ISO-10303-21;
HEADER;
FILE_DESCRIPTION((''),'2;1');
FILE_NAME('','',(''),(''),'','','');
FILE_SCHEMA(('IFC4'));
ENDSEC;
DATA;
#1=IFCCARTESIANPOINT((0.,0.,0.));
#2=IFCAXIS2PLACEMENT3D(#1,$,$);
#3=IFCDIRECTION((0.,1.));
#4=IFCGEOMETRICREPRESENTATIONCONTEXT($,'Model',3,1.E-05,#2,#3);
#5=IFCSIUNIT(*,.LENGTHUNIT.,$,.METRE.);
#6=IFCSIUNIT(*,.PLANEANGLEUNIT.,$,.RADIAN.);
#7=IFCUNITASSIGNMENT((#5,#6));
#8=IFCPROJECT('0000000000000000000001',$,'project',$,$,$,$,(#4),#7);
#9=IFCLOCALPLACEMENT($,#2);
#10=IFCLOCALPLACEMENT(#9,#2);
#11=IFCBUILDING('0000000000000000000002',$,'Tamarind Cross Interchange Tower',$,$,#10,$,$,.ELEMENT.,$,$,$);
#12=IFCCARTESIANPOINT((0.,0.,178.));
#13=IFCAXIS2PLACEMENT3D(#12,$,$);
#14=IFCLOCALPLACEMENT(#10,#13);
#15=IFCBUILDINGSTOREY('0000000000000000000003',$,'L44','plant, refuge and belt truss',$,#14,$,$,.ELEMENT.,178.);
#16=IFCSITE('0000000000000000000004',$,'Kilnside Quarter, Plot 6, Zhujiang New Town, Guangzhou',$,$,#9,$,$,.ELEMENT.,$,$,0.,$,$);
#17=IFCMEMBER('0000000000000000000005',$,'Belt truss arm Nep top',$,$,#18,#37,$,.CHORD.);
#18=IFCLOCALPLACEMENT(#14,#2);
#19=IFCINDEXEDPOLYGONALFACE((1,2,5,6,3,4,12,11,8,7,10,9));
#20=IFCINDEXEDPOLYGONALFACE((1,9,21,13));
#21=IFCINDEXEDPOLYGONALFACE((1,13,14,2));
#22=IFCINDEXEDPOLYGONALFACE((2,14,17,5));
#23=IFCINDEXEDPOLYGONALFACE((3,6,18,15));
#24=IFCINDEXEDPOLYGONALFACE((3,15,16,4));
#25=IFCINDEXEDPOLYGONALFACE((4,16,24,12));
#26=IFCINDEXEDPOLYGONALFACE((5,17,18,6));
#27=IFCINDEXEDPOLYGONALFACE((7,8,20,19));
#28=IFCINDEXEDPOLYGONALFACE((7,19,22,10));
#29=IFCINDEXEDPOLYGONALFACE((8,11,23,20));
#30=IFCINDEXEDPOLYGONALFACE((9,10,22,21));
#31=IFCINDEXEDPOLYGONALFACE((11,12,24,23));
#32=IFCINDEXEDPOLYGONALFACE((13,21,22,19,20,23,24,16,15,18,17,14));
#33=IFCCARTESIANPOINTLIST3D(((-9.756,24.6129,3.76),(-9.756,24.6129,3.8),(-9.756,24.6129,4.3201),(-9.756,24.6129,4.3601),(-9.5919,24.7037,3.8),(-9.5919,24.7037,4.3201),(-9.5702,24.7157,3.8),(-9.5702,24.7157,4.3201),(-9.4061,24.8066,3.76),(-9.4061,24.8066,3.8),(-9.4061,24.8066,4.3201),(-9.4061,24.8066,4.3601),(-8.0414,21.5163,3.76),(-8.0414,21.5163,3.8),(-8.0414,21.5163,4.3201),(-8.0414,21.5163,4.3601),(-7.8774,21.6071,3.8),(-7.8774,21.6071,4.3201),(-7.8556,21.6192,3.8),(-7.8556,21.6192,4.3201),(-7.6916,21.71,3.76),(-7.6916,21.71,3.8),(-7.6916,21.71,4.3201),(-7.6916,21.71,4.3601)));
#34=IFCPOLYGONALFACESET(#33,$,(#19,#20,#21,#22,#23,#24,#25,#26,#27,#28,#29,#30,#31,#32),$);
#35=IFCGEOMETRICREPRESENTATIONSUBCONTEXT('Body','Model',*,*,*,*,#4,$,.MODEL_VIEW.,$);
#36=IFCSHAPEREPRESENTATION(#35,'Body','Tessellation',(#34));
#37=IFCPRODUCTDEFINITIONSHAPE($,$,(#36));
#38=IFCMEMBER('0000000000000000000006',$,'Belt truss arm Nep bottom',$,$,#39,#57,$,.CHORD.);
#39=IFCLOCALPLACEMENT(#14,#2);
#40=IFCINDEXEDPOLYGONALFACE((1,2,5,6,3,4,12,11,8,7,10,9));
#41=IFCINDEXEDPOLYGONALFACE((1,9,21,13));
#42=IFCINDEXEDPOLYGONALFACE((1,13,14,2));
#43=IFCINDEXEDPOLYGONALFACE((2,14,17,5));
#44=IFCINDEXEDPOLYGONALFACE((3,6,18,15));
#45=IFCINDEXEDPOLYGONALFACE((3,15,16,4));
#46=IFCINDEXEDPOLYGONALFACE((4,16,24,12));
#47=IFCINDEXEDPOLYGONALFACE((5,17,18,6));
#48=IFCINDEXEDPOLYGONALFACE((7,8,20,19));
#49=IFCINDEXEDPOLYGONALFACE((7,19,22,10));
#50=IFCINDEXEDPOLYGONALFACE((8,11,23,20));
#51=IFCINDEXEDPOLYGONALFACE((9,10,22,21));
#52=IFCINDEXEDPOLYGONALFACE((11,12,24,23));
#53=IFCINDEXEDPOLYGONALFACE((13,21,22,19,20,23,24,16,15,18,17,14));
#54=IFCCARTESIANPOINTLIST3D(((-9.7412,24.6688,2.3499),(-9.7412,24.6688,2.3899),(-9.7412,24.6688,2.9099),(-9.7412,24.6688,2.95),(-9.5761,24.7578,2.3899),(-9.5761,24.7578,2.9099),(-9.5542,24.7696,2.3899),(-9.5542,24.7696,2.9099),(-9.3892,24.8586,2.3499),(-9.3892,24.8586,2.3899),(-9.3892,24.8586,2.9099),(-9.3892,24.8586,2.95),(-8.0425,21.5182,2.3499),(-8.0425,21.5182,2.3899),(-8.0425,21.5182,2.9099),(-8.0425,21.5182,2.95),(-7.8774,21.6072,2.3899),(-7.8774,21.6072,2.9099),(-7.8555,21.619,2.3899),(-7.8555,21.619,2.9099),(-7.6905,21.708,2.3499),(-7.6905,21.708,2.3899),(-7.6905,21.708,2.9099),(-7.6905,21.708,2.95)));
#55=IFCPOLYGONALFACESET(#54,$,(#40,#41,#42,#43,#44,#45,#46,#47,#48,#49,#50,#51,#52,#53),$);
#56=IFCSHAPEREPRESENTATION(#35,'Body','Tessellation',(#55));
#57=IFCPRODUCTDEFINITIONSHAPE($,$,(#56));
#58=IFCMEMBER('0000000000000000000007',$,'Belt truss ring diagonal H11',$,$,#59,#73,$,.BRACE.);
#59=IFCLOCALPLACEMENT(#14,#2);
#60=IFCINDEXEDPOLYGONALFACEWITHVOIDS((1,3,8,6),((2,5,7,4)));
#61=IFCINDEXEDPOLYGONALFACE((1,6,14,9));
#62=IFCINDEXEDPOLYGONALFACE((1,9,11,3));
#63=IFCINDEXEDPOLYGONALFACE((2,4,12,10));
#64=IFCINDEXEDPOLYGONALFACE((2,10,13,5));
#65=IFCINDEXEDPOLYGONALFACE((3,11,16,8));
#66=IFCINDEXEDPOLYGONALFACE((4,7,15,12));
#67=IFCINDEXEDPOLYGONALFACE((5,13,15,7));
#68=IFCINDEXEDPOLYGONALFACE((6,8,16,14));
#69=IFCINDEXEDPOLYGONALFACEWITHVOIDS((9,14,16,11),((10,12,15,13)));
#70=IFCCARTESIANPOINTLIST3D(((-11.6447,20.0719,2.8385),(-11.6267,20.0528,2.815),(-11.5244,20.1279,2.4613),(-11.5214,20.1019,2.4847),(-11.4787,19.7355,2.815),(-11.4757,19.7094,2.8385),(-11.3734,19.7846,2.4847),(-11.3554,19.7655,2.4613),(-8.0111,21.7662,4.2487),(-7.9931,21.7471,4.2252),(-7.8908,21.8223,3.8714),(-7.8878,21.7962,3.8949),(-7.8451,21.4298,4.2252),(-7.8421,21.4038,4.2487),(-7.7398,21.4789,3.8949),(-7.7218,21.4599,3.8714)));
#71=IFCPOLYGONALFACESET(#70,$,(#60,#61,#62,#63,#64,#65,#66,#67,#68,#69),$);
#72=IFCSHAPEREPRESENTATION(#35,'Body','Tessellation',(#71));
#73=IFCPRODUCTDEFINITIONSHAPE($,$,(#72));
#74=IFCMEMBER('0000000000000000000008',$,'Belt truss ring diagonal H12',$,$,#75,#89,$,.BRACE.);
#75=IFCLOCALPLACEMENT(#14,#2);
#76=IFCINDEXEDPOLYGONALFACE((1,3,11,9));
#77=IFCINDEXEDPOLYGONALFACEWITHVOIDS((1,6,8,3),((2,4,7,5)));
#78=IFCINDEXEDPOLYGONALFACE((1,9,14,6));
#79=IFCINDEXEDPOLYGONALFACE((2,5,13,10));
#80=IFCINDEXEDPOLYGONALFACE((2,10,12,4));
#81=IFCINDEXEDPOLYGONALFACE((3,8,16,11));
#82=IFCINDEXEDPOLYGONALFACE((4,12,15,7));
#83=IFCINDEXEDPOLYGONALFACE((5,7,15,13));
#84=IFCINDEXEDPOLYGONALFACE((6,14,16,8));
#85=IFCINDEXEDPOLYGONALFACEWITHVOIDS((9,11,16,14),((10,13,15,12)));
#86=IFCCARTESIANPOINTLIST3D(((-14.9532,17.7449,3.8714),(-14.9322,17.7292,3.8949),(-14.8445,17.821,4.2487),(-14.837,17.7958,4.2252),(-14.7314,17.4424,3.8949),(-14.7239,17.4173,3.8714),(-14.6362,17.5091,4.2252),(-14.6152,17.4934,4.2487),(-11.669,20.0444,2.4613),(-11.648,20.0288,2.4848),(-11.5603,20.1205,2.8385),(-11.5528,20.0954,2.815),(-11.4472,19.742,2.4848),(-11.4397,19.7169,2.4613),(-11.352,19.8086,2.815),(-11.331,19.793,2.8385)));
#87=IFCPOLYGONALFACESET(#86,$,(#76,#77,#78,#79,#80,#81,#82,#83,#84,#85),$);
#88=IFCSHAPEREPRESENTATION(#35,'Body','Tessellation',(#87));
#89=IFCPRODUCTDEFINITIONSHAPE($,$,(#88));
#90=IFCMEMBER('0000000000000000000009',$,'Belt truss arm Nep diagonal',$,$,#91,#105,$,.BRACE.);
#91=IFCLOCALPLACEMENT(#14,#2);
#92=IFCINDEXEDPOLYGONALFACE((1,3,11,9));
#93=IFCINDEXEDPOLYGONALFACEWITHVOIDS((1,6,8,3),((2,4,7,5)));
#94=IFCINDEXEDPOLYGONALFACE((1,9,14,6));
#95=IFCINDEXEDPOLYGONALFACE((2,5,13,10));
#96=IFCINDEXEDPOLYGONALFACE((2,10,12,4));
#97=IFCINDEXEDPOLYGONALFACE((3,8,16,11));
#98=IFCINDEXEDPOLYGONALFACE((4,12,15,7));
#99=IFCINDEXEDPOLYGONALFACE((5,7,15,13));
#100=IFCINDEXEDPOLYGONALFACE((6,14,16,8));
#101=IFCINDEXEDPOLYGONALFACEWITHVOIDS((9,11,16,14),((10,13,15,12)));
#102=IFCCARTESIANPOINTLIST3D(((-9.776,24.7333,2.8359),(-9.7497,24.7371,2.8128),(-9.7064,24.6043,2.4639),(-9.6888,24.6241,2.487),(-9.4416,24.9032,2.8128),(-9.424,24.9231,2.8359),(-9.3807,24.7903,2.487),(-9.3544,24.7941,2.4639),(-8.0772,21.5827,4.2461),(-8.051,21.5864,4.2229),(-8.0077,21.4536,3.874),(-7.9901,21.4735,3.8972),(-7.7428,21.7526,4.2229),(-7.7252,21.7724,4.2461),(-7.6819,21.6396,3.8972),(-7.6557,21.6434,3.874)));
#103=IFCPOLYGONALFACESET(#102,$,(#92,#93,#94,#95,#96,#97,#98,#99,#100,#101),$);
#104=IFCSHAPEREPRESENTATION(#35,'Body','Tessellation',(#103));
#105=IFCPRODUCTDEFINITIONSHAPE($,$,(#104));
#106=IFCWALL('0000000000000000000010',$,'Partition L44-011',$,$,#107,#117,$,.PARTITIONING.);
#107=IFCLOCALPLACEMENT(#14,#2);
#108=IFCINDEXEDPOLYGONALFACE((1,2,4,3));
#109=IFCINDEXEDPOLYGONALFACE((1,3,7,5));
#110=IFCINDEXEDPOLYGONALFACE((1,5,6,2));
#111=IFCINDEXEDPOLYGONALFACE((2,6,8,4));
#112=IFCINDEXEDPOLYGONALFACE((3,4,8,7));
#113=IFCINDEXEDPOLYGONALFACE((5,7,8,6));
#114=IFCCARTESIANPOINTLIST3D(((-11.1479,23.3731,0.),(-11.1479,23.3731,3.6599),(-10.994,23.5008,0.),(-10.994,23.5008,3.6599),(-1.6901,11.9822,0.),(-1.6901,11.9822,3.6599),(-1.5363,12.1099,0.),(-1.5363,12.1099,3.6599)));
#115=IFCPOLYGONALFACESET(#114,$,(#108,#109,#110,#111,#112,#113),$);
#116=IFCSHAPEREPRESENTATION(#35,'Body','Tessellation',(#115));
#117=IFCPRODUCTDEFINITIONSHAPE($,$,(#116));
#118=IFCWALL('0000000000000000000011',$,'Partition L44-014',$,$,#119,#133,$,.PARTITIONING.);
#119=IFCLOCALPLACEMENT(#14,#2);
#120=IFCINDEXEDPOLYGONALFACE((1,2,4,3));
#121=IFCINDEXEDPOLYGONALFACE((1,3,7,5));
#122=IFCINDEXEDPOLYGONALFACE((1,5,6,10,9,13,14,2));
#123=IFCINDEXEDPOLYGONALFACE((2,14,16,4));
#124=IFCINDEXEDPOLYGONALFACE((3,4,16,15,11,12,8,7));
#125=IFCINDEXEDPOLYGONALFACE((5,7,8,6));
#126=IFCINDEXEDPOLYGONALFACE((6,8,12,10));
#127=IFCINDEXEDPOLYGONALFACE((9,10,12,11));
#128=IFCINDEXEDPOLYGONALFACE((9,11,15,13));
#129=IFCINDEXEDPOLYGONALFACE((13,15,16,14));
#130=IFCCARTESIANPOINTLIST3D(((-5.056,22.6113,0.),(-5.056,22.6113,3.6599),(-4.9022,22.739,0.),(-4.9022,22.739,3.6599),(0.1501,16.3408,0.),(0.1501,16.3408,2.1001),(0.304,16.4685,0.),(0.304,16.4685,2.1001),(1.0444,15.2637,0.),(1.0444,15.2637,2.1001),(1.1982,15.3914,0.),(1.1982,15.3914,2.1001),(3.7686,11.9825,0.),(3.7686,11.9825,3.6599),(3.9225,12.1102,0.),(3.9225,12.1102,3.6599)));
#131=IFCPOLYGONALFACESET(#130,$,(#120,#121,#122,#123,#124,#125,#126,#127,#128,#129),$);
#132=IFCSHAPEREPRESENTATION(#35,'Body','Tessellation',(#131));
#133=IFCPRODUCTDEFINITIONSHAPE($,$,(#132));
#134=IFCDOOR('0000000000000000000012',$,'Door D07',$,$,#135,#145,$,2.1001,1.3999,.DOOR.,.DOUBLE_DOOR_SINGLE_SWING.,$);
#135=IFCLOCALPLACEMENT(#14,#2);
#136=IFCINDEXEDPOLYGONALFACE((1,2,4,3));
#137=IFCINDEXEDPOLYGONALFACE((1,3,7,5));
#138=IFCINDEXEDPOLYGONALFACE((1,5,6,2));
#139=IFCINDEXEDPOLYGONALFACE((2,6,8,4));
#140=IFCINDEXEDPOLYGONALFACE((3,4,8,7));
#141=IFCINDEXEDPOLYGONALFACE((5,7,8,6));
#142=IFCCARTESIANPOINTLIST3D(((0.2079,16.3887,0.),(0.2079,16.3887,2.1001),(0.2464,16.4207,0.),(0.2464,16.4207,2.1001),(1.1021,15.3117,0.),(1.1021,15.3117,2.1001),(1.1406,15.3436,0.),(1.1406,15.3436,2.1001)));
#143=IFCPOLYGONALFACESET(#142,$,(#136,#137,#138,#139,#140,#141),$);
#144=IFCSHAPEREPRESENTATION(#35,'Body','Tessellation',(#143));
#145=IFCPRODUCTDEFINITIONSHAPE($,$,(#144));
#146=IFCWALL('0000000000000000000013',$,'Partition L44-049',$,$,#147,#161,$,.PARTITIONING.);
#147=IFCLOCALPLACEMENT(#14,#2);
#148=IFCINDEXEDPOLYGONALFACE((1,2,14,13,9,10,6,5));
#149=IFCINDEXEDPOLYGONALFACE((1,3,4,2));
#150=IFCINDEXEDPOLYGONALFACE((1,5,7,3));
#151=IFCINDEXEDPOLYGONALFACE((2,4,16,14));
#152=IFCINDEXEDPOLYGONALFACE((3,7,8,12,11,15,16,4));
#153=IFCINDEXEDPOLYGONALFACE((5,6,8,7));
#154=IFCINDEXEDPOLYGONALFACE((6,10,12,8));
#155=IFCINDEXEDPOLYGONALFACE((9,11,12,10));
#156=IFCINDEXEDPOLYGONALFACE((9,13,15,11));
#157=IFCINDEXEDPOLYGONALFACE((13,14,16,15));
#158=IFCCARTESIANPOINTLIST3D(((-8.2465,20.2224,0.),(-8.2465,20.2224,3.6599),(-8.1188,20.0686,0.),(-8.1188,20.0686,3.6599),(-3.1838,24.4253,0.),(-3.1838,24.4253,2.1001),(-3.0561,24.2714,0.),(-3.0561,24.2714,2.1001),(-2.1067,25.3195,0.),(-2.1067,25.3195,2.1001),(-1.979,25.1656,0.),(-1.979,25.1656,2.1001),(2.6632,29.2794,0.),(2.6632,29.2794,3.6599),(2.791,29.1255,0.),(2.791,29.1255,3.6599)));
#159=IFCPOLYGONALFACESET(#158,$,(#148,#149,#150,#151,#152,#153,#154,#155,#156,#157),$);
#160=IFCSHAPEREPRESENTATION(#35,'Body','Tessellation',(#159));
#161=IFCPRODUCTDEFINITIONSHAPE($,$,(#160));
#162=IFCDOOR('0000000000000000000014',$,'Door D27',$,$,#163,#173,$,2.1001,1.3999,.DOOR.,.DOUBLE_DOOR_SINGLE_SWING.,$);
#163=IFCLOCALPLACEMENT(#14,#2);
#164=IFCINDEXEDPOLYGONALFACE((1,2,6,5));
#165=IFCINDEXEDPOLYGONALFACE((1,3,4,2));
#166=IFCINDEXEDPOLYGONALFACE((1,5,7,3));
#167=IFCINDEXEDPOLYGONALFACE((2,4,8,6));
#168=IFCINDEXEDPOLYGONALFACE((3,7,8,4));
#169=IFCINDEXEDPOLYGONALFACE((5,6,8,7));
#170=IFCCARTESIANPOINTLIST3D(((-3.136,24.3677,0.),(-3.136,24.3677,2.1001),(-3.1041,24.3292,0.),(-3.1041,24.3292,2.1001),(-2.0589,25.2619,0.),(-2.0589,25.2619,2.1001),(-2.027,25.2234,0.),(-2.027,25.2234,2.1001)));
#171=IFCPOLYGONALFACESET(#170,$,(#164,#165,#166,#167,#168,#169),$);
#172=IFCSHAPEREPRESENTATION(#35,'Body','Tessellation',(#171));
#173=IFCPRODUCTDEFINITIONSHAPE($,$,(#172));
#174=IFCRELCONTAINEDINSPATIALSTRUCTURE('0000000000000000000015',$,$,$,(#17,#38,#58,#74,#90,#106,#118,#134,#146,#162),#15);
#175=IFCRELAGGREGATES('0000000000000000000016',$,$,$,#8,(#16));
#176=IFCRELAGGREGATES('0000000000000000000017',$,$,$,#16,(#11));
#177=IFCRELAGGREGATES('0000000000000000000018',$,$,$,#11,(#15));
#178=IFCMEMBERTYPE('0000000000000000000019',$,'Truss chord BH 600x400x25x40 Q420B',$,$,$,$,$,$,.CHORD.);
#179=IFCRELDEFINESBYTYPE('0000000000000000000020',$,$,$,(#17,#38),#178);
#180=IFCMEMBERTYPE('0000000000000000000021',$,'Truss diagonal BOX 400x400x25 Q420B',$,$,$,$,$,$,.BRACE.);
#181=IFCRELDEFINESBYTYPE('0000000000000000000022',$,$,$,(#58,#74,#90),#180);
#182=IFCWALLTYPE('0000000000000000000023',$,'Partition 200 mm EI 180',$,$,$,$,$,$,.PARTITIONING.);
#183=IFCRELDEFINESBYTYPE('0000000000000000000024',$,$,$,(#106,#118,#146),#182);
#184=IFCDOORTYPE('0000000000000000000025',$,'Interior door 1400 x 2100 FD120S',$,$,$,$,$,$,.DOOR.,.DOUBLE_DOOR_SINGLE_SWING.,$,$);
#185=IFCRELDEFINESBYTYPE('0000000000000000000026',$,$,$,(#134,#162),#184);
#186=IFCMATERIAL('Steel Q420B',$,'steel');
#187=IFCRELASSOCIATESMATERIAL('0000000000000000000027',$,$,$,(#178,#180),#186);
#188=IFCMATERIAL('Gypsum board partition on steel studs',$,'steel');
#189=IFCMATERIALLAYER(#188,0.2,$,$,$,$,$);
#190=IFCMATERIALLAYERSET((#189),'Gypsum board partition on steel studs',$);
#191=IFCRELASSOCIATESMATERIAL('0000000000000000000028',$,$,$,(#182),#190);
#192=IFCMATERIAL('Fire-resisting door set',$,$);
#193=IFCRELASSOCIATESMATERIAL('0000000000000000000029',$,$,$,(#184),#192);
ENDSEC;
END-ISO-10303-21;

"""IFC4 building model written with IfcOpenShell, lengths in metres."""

from ifc_helpers import new_model, si_unit, direction, frame, frame_2d, origin, origin_2d, place, context, subcontext, project, spatial, rectangle, hollow_rectangle, i_section, extrude, material, layer, layer_set, material_profile, profile_set, type_object, element, fill, save


model = new_model("IFC4")

# Units and contexts
model_context = context("Model", 3, precision=1e-05, world=origin(), true_north=direction((0.0, 1.0)))
body_context = subcontext(model_context, "Body", "Model", "MODEL_VIEW")
ifc_project = project(units=[si_unit("LENGTHUNIT", "METRE"), si_unit("PLANEANGLEUNIT", "RADIAN")], contexts=[model_context])

# Site, building, storey
site_placement = place(None, origin())
site = spatial("IfcSite", under=ifc_project, at=site_placement, Name="Kilnside Quarter, Plot 6, Zhujiang New Town, Guangzhou", CompositionType="ELEMENT", RefElevation=0.0)
building_placement = place(site_placement, origin())
building = spatial("IfcBuilding", under=site, at=building_placement, Name="Tamarind Cross Interchange Tower", CompositionType="ELEMENT")
storey_placement = place(building_placement, frame((0.0, 0.0, 178.0)))
storey = spatial("IfcBuildingStorey", under=building, at=storey_placement, Name="L44", Description="plant, refuge and belt truss", CompositionType="ELEMENT", Elevation=178.0)

# Members
ifc_material_1 = material(Name="Steel Q420B", Category="steel")
ifc_material_profile_1 = material_profile(ifc_material_1, i_section(OverallWidth=0.3999, OverallDepth=0.6001, WebThickness=0.0249, FlangeThickness=0.04, at=origin_2d()), Name="BH 600x400x25x40")
ifc_profile_set_1 = profile_set([ifc_material_profile_1], Name="Steel Q420B")
member_type_1 = type_object("IfcMemberType", Name="Truss chord BH 600x400x25x40 Q420B", PredefinedType="CHORD", material=ifc_profile_set_1)
member_1_placement = place(storey_placement, frame((-9.5811, 24.7097, 4.0601), z_axis=(0.484395, -0.874849, 0.0), x_axis=(0.874849, 0.484395, 0.0)))
element("IfcMember", 1, at=member_1_placement, inside=storey, type_object=member_type_1, Name="Belt truss arm Nep top", PredefinedType="CHORD", context=body_context, shape_type="SweptSolid", body=[
    extrude(i_section(OverallWidth=0.3999, OverallDepth=0.6001, WebThickness=0.0249, FlangeThickness=0.04, at=origin_2d()), origin(), (0.0, 0.0, 1.0), 3.5396),
])
member_2_placement = place(storey_placement, frame((-9.5652, 24.7637, 2.6499), z_axis=(0.474584, -0.88021, 0.0), x_axis=(0.88021, 0.474584, 0.0)))
element("IfcMember", 2, at=member_2_placement, inside=storey, type_object=member_type_1, Name="Belt truss arm Nep bottom", PredefinedType="CHORD", context=body_context, shape_type="SweptSolid", body=[
    extrude(i_section(OverallWidth=0.3999, OverallDepth=0.6001, WebThickness=0.0249, FlangeThickness=0.04, at=origin_2d()), origin(), (0.0, 0.0, 1.0), 3.5793),
])
ifc_material_profile_2 = material_profile(ifc_material_1, hollow_rectangle(XDim=0.3999, YDim=0.3999, WallThickness=0.0249, at=origin_2d()), Name="BOX 400x400x25")
ifc_profile_set_2 = profile_set([ifc_material_profile_2], Name="Steel Q420B")
member_type_2 = type_object("IfcMemberType", Name="Truss diagonal BOX 400x400x25 Q420B", PredefinedType="BRACE", material=ifc_profile_set_2)
for number, where, z_axis, x_axis, name in (
    (3, (-7.8665, 21.613, 4.0601), (-0.854964, -0.398673, -0.331806), (0.422615, -0.906309, 0.0), "Belt truss ring diagonal H11"),
    (4, (-11.5, 19.9187, 2.6499), (-0.772751, -0.541075, 0.331803), (0.573569, -0.819158, 0.0), "Belt truss ring diagonal H12"),
):
    element("IfcMember", number, at=place(storey_placement, frame(where, z_axis=z_axis, x_axis=x_axis)), inside=storey, type_object=member_type_2, Name=name, PredefinedType="BRACE", context=body_context, shape_type="SweptSolid", body=[
        extrude(hollow_rectangle(XDim=0.3999, YDim=0.3999, WallThickness=0.0249, at=origin_2d()), origin(), (0.0, 0.0, 1.0), 4.25),
    ])
member_3_placement = place(storey_placement, frame((-9.5652, 24.7637, 2.6499), z_axis=(0.441553, -0.818948, 0.366544), x_axis=(0.88021, 0.474584, 0.0)))
element("IfcMember", 5, at=member_3_placement, inside=storey, type_object=member_type_2, Name="Belt truss arm Nep diagonal", PredefinedType="BRACE", context=body_context, shape_type="SweptSolid", body=[
    extrude(hollow_rectangle(XDim=0.3999, YDim=0.3999, WallThickness=0.0249, at=origin_2d()), origin(), (0.0, 0.0, 1.0), 3.8472),
])

# Wall
ifc_material_2 = material(Name="Gypsum board partition on steel studs", Category="steel")
ifc_layer_1 = layer(ifc_material_2, 0.2)
ifc_layer_set_1 = layer_set([ifc_layer_1], Name="Gypsum board partition on steel studs")
wall_type_1 = type_object("IfcWallType", Name="Partition 200 mm EI 180", PredefinedType="PARTITIONING", material=ifc_layer_set_1)
wall_1_placement = place(storey_placement, frame((-11.071, 23.437, 0.0), z_axis=(0.0, 0.0, 1.0), x_axis=(0.638803, -0.76937, 0.0)))
element("IfcWall", 6, at=wall_1_placement, inside=storey, type_object=wall_type_1, Name="Partition L44-011", PredefinedType="PARTITIONING", context=body_context, shape_type="SweptSolid", body=[
    extrude(rectangle(XDim=14.8054, YDim=0.2, at=frame_2d((7.4028, 0.0))), origin(), (0.0, 0.0, 1.0), 3.6599),
])

# Walls, openings, doors
wall_2_placement = place(storey_placement, frame((-4.979, 22.675, 0.0), z_axis=(0.0, 0.0, 1.0), x_axis=(0.638786, -0.769385, 0.0)))
wall_2 = element("IfcWall", 7, at=wall_2_placement, inside=storey, type_object=wall_type_1, Name="Partition L44-014", PredefinedType="PARTITIONING", context=body_context, shape_type="SweptSolid", body=[
    extrude(rectangle(XDim=13.8147, YDim=0.2, at=frame_2d((6.9072, 0.0))), origin(), (0.0, 0.0, 1.0), 3.6599),
])
opening_1_placement = place(wall_2_placement, frame((8.1499, 0.0, 0.0)))
opening_1 = element("IfcOpeningElement", 8, at=opening_1_placement, cuts=wall_2, PredefinedType="OPENING", context=body_context, shape_type="SweptSolid", body=[
    extrude(rectangle(XDim=1.3999, YDim=2.1001, at=frame_2d((0.7, 1.05))), frame((0.0, 0.1099, 0.0), z_axis=(0.0, -1.0, 0.0), x_axis=(1.0, 0.0, 0.0)), (0.0, 0.0, 1.0), 0.22),
])
ifc_material_3 = material(Name="Fire-resisting door set")
door_type = type_object("IfcDoorType", Name="Interior door 1400 x 2100 FD120S", OperationType="DOUBLE_DOOR_SINGLE_SWING", PredefinedType="DOOR", material=ifc_material_3)
door_1_placement = place(opening_1_placement, frame((1.3999, 0.0, 0.0), z_axis=(0.0, 0.0, 1.0), x_axis=(-1.0, 0.0, 0.0)))
door_1 = element("IfcDoor", 9, at=door_1_placement, inside=storey, type_object=door_type, Name="Door D07", OperationType="DOUBLE_DOOR_SINGLE_SWING", OverallHeight=2.1001, OverallWidth=1.3999, PredefinedType="DOOR", context=body_context, shape_type="SweptSolid", body=[
    extrude(rectangle(XDim=1.3999, YDim=2.1001, at=frame_2d((0.7, 1.05))), frame((0.0, 0.0249, 0.0), z_axis=(0.0, -1.0, 0.0), x_axis=(1.0, 0.0, 0.0)), (0.0, 0.0, 1.0), 0.05),
])
fill(opening_1, door_1)
wall_3_placement = place(storey_placement, frame((-8.1826, 20.1455, 0.0), z_axis=(0.0, 0.0, 1.0), x_axis=(0.769417, 0.638747, 0.0)))
wall_3 = element("IfcWall", 10, at=wall_3_placement, inside=storey, type_object=wall_type_1, Name="Partition L44-049", PredefinedType="PARTITIONING", context=body_context, shape_type="SweptSolid", body=[
    extrude(rectangle(XDim=14.1792, YDim=0.2, at=frame_2d((7.0896, 0.0))), origin(), (0.0, 0.0, 1.0), 3.6599),
])
opening_2_placement = place(wall_3_placement, frame((6.5798, 0.0, 0.0)))
opening_2 = element("IfcOpeningElement", 11, at=opening_2_placement, cuts=wall_3, PredefinedType="OPENING", context=body_context, shape_type="SweptSolid", body=[
    extrude(rectangle(XDim=1.3999, YDim=2.1001, at=frame_2d((0.7, 1.05))), frame((0.0, 0.1099, 0.0), z_axis=(0.0, -1.0, 0.0), x_axis=(1.0, 0.0, 0.0)), (0.0, 0.0, 1.0), 0.22),
])
door_2_placement = place(opening_2_placement, frame((1.3999, 0.0, 0.0), z_axis=(0.0, 0.0, 1.0), x_axis=(-1.0, 0.0, 0.0)))
door_2 = element("IfcDoor", 12, at=door_2_placement, inside=storey, type_object=door_type, Name="Door D27", OperationType="DOUBLE_DOOR_SINGLE_SWING", OverallHeight=2.1001, OverallWidth=1.3999, PredefinedType="DOOR", context=body_context, shape_type="SweptSolid", body=[
    extrude(rectangle(XDim=1.3999, YDim=2.1001, at=frame_2d((0.7, 1.05))), frame((0.0, 0.0249, 0.0), z_axis=(0.0, -1.0, 0.0), x_axis=(1.0, 0.0, 0.0)), (0.0, 0.0, 1.0), 0.05),
])
fill(opening_2, door_2)

save(model, "model.ifc")
